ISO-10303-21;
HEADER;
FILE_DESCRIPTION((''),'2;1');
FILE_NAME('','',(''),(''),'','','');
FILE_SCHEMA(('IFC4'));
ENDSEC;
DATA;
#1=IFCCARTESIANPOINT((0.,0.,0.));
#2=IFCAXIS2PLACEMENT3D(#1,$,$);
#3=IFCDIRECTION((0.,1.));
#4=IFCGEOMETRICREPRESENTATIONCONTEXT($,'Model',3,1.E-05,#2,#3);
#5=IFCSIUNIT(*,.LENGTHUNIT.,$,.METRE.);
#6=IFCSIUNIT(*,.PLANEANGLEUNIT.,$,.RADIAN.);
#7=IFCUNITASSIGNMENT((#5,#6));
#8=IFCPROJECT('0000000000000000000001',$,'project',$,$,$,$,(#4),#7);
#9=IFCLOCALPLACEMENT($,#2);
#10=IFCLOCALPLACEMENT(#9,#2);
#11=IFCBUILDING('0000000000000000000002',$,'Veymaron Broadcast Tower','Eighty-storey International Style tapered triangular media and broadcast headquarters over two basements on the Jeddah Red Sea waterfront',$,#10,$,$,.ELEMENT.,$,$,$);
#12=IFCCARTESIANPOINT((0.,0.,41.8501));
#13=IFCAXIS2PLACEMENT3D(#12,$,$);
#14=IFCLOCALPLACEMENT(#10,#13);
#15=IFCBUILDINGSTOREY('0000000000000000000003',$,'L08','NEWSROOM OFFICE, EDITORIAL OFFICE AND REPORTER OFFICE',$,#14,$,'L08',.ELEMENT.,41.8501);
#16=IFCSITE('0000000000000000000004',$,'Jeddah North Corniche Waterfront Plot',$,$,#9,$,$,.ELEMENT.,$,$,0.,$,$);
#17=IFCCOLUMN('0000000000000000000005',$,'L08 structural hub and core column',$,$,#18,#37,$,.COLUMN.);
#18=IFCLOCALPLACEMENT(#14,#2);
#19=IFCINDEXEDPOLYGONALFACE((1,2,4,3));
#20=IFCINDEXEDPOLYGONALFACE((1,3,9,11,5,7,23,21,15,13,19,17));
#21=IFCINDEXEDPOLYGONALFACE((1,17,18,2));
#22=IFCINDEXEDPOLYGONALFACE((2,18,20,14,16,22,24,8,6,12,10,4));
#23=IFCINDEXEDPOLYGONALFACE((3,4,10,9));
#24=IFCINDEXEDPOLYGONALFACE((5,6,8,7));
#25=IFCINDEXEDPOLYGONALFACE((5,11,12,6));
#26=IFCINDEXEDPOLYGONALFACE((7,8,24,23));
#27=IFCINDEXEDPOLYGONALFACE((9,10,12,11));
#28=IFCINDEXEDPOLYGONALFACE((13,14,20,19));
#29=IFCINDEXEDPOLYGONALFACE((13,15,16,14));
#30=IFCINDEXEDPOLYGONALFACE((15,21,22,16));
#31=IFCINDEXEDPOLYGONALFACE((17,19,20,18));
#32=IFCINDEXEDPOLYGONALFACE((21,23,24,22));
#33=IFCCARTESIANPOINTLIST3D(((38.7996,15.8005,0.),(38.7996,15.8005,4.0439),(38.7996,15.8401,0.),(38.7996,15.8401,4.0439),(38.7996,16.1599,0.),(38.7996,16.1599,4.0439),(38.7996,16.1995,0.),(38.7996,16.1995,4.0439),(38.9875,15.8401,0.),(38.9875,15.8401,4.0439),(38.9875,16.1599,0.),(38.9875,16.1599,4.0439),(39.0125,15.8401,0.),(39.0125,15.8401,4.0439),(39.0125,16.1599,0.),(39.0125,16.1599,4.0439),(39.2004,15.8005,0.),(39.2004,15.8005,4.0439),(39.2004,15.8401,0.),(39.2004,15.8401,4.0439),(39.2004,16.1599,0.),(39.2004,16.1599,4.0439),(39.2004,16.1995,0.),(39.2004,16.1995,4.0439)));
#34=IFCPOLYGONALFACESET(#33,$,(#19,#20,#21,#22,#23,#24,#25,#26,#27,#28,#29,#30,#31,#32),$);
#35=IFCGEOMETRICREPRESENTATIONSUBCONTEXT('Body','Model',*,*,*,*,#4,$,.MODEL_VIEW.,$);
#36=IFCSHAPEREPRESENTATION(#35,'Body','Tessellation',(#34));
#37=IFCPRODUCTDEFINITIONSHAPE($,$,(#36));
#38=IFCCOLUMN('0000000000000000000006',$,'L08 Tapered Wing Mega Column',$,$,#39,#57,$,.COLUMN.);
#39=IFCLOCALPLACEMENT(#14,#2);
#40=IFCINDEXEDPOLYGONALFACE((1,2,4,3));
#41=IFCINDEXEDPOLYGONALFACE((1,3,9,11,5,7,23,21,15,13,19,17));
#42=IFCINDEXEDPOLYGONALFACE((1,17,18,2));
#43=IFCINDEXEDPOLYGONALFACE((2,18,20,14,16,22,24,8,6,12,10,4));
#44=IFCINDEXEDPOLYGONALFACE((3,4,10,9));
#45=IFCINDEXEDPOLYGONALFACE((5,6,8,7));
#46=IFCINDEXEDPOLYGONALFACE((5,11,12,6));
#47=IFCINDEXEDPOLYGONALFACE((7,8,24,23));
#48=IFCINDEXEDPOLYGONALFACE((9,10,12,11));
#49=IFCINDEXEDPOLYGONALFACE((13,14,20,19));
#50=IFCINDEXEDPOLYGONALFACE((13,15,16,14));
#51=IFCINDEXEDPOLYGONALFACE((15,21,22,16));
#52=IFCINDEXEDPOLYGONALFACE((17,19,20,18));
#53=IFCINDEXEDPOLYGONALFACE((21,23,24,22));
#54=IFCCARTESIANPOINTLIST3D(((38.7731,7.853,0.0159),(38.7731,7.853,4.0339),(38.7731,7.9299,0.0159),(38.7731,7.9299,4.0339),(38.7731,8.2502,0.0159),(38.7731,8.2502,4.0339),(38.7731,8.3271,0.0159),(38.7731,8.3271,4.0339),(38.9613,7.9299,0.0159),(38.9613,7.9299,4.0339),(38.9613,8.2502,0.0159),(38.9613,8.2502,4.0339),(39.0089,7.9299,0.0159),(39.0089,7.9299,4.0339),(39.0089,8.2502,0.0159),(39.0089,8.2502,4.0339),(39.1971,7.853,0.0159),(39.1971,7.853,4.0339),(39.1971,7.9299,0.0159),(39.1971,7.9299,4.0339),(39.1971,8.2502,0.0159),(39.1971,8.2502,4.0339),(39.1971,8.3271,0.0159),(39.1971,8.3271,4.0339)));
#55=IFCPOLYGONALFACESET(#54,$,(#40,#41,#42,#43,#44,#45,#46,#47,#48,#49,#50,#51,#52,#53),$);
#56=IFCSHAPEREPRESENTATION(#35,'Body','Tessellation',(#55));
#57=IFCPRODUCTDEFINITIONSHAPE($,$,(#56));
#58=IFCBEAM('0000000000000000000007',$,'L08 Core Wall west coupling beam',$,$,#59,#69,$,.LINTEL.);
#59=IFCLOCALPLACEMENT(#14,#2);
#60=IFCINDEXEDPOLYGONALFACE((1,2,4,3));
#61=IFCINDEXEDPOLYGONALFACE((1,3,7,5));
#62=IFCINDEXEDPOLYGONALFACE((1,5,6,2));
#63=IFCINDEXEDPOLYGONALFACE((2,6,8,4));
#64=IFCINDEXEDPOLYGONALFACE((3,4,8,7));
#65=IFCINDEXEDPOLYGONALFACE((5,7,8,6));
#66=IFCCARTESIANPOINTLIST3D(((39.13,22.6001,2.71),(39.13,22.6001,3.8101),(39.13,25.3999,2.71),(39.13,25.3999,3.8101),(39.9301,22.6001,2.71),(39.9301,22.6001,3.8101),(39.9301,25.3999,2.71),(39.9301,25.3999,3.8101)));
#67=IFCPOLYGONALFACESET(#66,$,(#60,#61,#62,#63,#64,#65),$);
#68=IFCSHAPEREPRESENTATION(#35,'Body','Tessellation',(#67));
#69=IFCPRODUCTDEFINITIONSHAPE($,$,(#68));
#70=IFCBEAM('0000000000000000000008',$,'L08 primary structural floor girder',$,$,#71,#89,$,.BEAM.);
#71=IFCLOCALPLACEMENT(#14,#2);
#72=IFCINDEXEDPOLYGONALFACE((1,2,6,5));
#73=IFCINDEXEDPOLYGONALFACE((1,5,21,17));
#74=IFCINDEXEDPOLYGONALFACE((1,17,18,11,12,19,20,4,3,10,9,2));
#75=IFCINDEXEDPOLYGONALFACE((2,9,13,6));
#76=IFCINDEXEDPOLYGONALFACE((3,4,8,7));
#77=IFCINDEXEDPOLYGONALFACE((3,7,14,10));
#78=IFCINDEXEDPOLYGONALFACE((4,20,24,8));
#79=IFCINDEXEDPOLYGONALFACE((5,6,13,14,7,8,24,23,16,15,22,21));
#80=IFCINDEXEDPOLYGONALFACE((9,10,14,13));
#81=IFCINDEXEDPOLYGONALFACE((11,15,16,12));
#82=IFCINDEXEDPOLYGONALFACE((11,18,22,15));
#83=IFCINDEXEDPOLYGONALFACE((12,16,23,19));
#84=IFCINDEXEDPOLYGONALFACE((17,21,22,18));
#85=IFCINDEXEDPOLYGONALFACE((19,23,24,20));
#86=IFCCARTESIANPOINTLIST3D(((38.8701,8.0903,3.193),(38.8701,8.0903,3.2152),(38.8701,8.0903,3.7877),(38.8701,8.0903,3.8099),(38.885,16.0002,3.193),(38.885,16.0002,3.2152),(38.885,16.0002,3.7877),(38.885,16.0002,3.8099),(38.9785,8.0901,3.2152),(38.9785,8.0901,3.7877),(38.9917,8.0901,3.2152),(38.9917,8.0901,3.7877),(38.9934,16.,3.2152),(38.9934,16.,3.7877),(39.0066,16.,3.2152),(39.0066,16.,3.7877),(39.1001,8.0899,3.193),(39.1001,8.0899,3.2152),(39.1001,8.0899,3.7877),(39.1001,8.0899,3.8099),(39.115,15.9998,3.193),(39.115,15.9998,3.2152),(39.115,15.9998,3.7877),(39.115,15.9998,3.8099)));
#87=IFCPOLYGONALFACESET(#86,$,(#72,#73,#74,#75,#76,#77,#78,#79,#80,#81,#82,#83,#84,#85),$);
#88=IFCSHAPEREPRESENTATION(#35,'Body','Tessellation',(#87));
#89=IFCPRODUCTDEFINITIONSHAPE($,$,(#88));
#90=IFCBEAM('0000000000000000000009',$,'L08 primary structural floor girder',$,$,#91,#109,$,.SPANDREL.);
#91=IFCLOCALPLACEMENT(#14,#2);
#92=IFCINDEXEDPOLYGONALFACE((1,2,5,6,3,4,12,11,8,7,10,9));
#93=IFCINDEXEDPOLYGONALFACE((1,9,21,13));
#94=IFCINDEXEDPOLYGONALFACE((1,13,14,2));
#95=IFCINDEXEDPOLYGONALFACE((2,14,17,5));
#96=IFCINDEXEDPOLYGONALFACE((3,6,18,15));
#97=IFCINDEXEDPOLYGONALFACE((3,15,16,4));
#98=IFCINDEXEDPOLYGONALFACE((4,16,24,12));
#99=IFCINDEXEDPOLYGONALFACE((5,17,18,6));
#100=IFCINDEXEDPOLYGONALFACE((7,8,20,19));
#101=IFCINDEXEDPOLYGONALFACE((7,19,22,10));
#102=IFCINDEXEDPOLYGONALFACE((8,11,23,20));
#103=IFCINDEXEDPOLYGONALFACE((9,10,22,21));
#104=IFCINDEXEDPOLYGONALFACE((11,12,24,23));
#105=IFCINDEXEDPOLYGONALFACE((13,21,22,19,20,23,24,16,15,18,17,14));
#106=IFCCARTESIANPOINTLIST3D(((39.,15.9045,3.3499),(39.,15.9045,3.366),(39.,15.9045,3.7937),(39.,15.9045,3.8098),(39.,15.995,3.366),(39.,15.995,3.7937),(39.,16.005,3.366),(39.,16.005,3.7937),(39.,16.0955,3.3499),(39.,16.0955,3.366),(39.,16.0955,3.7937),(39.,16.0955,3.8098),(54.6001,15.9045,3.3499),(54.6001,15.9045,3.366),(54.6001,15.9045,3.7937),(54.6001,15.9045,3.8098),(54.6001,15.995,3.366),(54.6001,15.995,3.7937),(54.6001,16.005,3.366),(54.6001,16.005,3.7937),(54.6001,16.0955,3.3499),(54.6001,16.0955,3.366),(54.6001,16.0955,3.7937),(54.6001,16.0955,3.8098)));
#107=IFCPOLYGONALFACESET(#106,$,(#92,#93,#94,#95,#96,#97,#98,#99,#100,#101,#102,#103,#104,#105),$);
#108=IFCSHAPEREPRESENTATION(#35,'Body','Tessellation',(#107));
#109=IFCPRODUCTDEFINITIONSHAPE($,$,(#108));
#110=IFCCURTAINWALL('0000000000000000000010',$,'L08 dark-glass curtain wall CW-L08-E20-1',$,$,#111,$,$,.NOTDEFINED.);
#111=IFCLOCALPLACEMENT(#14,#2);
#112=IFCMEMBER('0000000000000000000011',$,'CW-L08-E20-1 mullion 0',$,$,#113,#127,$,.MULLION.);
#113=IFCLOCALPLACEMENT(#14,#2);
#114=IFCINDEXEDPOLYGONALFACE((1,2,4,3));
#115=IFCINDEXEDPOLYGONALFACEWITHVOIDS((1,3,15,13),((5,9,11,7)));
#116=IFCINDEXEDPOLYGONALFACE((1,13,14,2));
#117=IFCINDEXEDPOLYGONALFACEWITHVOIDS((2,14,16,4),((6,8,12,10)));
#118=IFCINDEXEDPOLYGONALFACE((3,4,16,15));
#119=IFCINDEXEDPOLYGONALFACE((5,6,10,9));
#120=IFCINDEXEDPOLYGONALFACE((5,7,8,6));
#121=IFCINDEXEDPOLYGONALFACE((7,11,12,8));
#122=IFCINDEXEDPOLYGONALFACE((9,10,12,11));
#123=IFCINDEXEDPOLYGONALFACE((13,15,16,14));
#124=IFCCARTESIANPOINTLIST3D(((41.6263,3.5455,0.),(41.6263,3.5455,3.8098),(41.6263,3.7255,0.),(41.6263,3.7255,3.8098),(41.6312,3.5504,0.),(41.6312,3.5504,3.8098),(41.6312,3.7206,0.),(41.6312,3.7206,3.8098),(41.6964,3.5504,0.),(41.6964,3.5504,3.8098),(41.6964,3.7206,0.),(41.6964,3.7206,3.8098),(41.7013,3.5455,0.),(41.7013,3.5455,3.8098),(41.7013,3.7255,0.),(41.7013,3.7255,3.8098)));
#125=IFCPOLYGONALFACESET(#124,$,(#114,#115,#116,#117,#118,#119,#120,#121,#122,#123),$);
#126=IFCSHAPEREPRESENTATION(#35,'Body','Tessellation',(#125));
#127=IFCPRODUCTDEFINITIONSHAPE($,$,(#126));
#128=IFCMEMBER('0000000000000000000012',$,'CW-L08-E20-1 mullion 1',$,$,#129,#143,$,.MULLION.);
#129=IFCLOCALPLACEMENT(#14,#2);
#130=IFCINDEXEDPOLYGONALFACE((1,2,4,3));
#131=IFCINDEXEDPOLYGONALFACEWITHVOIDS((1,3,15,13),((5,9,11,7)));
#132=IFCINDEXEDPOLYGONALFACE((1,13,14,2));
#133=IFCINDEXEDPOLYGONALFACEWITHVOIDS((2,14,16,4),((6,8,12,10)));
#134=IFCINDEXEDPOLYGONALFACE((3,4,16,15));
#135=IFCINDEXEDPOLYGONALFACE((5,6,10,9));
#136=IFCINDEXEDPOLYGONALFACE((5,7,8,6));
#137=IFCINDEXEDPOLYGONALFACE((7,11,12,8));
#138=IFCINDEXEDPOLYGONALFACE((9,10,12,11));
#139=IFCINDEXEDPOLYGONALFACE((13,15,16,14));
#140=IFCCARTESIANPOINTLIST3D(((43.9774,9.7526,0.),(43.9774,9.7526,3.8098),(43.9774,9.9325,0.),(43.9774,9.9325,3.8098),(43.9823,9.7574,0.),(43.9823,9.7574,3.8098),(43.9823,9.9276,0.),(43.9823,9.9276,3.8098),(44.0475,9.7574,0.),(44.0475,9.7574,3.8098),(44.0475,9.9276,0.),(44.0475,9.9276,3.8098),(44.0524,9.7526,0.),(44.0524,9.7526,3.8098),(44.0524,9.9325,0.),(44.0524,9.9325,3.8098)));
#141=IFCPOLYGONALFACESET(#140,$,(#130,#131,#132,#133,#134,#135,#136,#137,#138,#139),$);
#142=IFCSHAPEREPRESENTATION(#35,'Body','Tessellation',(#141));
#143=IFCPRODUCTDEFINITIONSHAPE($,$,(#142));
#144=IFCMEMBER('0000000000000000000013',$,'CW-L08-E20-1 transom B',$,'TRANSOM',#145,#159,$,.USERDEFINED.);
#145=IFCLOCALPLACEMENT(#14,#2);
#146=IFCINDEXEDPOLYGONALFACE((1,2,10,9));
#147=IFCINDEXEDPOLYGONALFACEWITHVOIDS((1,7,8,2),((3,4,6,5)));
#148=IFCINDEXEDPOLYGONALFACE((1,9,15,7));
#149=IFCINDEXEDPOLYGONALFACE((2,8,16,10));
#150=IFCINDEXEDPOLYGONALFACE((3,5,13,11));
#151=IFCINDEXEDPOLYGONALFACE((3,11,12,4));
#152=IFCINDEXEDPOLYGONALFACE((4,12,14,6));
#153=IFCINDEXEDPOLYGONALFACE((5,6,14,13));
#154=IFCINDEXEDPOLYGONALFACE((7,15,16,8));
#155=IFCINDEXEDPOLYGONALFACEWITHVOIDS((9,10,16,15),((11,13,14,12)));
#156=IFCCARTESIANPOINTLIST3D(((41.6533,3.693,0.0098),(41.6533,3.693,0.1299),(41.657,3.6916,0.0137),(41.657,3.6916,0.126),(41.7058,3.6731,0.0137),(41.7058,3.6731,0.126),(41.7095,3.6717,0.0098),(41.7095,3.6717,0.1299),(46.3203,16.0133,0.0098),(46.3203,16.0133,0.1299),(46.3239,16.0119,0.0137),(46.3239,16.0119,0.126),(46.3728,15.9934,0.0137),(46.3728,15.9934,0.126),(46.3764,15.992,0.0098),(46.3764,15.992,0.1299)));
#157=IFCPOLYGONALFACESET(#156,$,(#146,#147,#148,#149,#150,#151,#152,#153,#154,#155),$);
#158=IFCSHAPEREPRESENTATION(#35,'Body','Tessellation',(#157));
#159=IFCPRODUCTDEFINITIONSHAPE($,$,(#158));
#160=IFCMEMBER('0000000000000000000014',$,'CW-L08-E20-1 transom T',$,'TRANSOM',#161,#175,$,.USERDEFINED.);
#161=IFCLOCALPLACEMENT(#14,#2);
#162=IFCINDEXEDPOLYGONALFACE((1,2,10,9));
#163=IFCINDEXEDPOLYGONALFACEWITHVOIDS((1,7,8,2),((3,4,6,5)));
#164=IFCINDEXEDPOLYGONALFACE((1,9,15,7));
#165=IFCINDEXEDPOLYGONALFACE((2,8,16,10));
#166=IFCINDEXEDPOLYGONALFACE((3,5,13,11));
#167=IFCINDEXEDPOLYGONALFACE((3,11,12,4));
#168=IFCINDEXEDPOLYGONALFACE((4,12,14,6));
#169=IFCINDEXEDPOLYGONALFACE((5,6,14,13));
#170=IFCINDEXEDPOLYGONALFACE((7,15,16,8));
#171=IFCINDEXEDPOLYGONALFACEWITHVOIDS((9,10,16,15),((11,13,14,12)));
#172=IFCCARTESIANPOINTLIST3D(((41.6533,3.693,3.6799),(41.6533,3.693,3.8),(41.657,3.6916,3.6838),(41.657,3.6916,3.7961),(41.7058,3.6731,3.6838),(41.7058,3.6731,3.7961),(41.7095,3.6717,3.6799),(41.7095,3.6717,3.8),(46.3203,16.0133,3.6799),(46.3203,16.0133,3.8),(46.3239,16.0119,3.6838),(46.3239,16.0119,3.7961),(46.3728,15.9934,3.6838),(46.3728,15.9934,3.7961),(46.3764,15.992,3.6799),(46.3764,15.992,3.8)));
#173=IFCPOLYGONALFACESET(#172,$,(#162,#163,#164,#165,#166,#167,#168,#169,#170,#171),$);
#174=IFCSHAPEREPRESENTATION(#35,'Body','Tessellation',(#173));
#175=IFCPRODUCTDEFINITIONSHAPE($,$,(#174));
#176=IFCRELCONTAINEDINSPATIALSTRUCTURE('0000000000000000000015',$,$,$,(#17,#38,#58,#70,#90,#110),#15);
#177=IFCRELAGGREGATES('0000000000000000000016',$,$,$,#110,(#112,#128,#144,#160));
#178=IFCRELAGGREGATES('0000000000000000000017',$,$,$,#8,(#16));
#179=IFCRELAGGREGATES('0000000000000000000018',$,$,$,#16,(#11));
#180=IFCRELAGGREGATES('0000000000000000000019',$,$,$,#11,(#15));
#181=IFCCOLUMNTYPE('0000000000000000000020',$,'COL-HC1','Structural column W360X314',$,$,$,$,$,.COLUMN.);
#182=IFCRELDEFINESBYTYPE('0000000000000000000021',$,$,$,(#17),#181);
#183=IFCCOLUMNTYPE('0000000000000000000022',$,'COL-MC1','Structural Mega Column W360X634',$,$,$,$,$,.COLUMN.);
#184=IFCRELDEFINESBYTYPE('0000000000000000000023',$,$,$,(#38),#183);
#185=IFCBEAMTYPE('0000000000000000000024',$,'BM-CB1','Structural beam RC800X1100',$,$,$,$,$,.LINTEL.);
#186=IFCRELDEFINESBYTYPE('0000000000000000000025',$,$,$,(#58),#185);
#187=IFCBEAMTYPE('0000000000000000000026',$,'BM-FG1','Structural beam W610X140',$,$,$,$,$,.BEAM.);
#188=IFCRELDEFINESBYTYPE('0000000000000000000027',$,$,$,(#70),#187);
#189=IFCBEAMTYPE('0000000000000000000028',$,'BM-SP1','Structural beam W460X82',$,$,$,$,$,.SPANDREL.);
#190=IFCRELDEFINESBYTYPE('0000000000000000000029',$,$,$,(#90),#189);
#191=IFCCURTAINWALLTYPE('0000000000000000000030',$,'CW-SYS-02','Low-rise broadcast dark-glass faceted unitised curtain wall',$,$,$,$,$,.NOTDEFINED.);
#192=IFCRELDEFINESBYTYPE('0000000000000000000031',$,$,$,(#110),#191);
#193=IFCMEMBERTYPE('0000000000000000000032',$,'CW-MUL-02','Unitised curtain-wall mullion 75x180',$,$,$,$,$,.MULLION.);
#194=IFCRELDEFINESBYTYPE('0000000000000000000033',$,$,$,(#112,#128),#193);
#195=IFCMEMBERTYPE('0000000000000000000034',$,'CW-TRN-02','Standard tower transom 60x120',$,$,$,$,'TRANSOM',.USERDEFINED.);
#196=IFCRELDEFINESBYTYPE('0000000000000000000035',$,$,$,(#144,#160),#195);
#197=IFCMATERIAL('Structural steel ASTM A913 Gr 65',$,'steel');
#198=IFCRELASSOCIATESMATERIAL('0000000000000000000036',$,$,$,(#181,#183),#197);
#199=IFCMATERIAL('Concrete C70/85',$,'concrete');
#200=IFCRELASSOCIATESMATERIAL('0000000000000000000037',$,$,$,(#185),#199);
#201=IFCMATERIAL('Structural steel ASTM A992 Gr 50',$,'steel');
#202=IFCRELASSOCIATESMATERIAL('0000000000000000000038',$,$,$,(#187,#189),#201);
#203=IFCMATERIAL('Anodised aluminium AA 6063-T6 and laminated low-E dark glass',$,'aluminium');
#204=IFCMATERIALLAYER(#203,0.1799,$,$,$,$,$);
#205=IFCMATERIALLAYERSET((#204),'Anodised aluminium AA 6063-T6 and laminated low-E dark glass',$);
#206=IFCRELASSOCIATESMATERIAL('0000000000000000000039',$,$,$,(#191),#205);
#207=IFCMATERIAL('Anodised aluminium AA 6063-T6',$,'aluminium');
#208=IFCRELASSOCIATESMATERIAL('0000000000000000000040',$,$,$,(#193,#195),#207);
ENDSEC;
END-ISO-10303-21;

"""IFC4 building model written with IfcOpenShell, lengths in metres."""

from ifc_helpers import new_model, si_unit, direction, frame, origin, origin_2d, place, context, subcontext, project, spatial, rectangle, hollow_rectangle, i_section, extrude, material, layer, layer_set, material_profile, profile_set, type_object, element, aggregate, save


model = new_model("IFC4")

# Units and contexts
model_context = context("Model", 3, precision=1e-05, world=origin(), true_north=direction((0.0, 1.0)))
body_context = subcontext(model_context, "Body", "Model", "MODEL_VIEW")
ifc_project = project(units=[si_unit("LENGTHUNIT", "METRE"), si_unit("PLANEANGLEUNIT", "RADIAN")], contexts=[model_context])

# Site, building, storey
site_placement = place(None, origin())
site = spatial("IfcSite", under=ifc_project, at=site_placement, Name="Jeddah North Corniche Waterfront Plot", CompositionType="ELEMENT", RefElevation=0.0)
building_placement = place(site_placement, origin())
building = spatial("IfcBuilding", under=site, at=building_placement, Name="Veymaron Broadcast Tower", Description="Eighty-storey International Style tapered triangular media and broadcast headquarters over two basements on the Jeddah Red Sea waterfront", CompositionType="ELEMENT")
storey_placement = place(building_placement, frame((0.0, 0.0, 41.8501)))
storey = spatial("IfcBuildingStorey", under=building, at=storey_placement, Name="L08", Description="NEWSROOM OFFICE, EDITORIAL OFFICE AND REPORTER OFFICE", LongName="L08", CompositionType="ELEMENT", Elevation=41.8501)

# Columns
ifc_material_1 = material(Name="Structural steel ASTM A913 Gr 65", Category="steel")
ifc_material_profile_1 = material_profile(ifc_material_1, i_section(OverallWidth=0.4009, OverallDepth=0.3989, WebThickness=0.0249, FlangeThickness=0.0396, at=origin_2d()), Name="W360X314")
ifc_profile_set_1 = profile_set([ifc_material_profile_1], Name="Structural steel ASTM A913 Gr 65")
column_type_1 = type_object("IfcColumnType", Name="COL-HC1", Description="Structural column W360X314", PredefinedType="COLUMN", material=ifc_profile_set_1)
column_1_placement = place(storey_placement, frame((39.0, 16.0, 0.0), z_axis=(0.0, 0.0, 1.0), x_axis=(1.0, 0.0, 0.0)))
element("IfcColumn", 1, at=column_1_placement, inside=storey, type_object=column_type_1, Name="L08 structural hub and core column", PredefinedType="COLUMN", context=body_context, shape_type="SweptSolid", body=[
    extrude(i_section(OverallWidth=0.4009, OverallDepth=0.3989, WebThickness=0.0249, FlangeThickness=0.0396, at=origin_2d()), origin(), (0.0, 0.0, 1.0), 4.0439),
])
ifc_material_profile_2 = material_profile(ifc_material_1, i_section(OverallWidth=0.4241, OverallDepth=0.4741, WebThickness=0.0476, FlangeThickness=0.0769, at=origin_2d()), Name="W360X634")
ifc_profile_set_2 = profile_set([ifc_material_profile_2], Name="Structural steel ASTM A913 Gr 65")
column_type_2 = type_object("IfcColumnType", Name="COL-MC1", Description="Structural Mega Column W360X634", PredefinedType="COLUMN", material=ifc_profile_set_2)
column_2_placement = place(storey_placement, frame((38.9851, 8.0901, 0.0159), z_axis=(0.0, 0.0, 1.0), x_axis=(1.0, 0.0, 0.0)))
element("IfcColumn", 2, at=column_2_placement, inside=storey, type_object=column_type_2, Name="L08 Tapered Wing Mega Column", PredefinedType="COLUMN", context=body_context, shape_type="SweptSolid", body=[
    extrude(i_section(OverallWidth=0.4241, OverallDepth=0.4741, WebThickness=0.0476, FlangeThickness=0.0769, at=origin_2d()), origin(), (0.0, 0.0, 1.0), 4.0181),
])

# Beams
ifc_material_2 = material(Name="Concrete C70/85", Category="concrete")
ifc_material_profile_3 = material_profile(ifc_material_2, rectangle(XDim=0.8, YDim=1.1001, at=origin_2d()), Name="RC800X1100")
ifc_profile_set_3 = profile_set([ifc_material_profile_3], Name="Concrete C70/85")
beam_type_1 = type_object("IfcBeamType", Name="BM-CB1", Description="Structural beam RC800X1100", PredefinedType="LINTEL", material=ifc_profile_set_3)
beam_1_placement = place(storey_placement, frame((39.53, 22.6001, 3.26), z_axis=(0.0, 1.0, 0.0), x_axis=(-1.0, 0.0, 0.0)))
element("IfcBeam", 3, at=beam_1_placement, inside=storey, type_object=beam_type_1, Name="L08 Core Wall west coupling beam", PredefinedType="LINTEL", context=body_context, shape_type="SweptSolid", body=[
    extrude(rectangle(XDim=0.8, YDim=1.1001, at=origin_2d()), origin(), (0.0, 0.0, 1.0), 2.7998),
])
ifc_material_3 = material(Name="Structural steel ASTM A992 Gr 50", Category="steel")
ifc_material_profile_4 = material_profile(ifc_material_3, i_section(OverallWidth=0.23, OverallDepth=0.6169, WebThickness=0.0132, FlangeThickness=0.0222, at=origin_2d()), Name="W610X140")
ifc_profile_set_4 = profile_set([ifc_material_profile_4], Name="Structural steel ASTM A992 Gr 50")
beam_type_2 = type_object("IfcBeamType", Name="BM-FG1", Description="Structural beam W610X140", PredefinedType="BEAM", material=ifc_profile_set_4)
beam_2_placement = place(storey_placement, frame((39.0, 16.0, 3.5015), z_axis=(-0.001883, -0.999998, 0.0), x_axis=(0.999998, -0.001883, 0.0)))
element("IfcBeam", 4, at=beam_2_placement, inside=storey, type_object=beam_type_2, Name="L08 primary structural floor girder", PredefinedType="BEAM", context=body_context, shape_type="SweptSolid", body=[
    extrude(i_section(OverallWidth=0.23, OverallDepth=0.6169, WebThickness=0.0132, FlangeThickness=0.0222, at=origin_2d()), origin(), (0.0, 0.0, 1.0), 7.9099),
])
ifc_material_profile_5 = material_profile(ifc_material_3, i_section(OverallWidth=0.1909, OverallDepth=0.46, WebThickness=0.01, FlangeThickness=0.0161, at=origin_2d()), Name="W460X82")
ifc_profile_set_5 = profile_set([ifc_material_profile_5], Name="Structural steel ASTM A992 Gr 50")
beam_type_3 = type_object("IfcBeamType", Name="BM-SP1", Description="Structural beam W460X82", PredefinedType="SPANDREL", material=ifc_profile_set_5)
beam_3_placement = place(storey_placement, frame((39.0, 16.0, 3.5798), z_axis=(1.0, 0.0, 0.0), x_axis=(0.0, 1.0, 0.0)))
element("IfcBeam", 5, at=beam_3_placement, inside=storey, type_object=beam_type_3, Name="L08 primary structural floor girder", PredefinedType="SPANDREL", context=body_context, shape_type="SweptSolid", body=[
    extrude(i_section(OverallWidth=0.1909, OverallDepth=0.46, WebThickness=0.01, FlangeThickness=0.0161, at=origin_2d()), origin(), (0.0, 0.0, 1.0), 15.6001),
])

# Curtain wall, members
ifc_material_4 = material(Name="Anodised aluminium AA 6063-T6 and laminated low-E dark glass", Category="aluminium")
ifc_layer_1 = layer(ifc_material_4, 0.1799)
ifc_layer_set_1 = layer_set([ifc_layer_1], Name="Anodised aluminium AA 6063-T6 and laminated low-E dark glass")
curtain_wall_type = type_object("IfcCurtainWallType", Name="CW-SYS-02", Description="Low-rise broadcast dark-glass faceted unitised curtain wall", PredefinedType="NOTDEFINED", material=ifc_layer_set_1)
curtain_wall_placement = place(storey_placement, origin())
curtain_wall = element("IfcCurtainWall", 6, at=curtain_wall_placement, inside=storey, type_object=curtain_wall_type, Name="L08 dark-glass curtain wall CW-L08-E20-1", PredefinedType="NOTDEFINED")
ifc_material_5 = material(Name="Anodised aluminium AA 6063-T6", Category="aluminium")
ifc_material_profile_6 = material_profile(ifc_material_5, hollow_rectangle(XDim=0.075, YDim=0.1799, WallThickness=0.0049, at=origin_2d()), Name="AL180X75X5")
ifc_profile_set_6 = profile_set([ifc_material_profile_6], Name="Anodised aluminium AA 6063-T6")
member_type_1 = type_object("IfcMemberType", Name="CW-MUL-02", Description="Unitised curtain-wall mullion 75x180", PredefinedType="MULLION", material=ifc_profile_set_6)
member_1_placement = place(storey_placement, frame((41.6638, 3.6355, 0.0), z_axis=(0.0, 0.0, 1.0), x_axis=(1.0, 0.0, 0.0)))
member_1 = element("IfcMember", 7, at=member_1_placement, type_object=member_type_1, Name="CW-L08-E20-1 mullion 0", PredefinedType="MULLION", context=body_context, shape_type="SweptSolid", body=[
    extrude(hollow_rectangle(XDim=0.075, YDim=0.1799, WallThickness=0.0049, at=origin_2d()), origin(), (0.0, 0.0, 1.0), 3.8098),
])
member_2_placement = place(storey_placement, frame((44.0149, 9.8425, 0.0), z_axis=(0.0, 0.0, 1.0), x_axis=(1.0, 0.0, 0.0)))
member_2 = element("IfcMember", 8, at=member_2_placement, type_object=member_type_1, Name="CW-L08-E20-1 mullion 1", PredefinedType="MULLION", context=body_context, shape_type="SweptSolid", body=[
    extrude(hollow_rectangle(XDim=0.075, YDim=0.1799, WallThickness=0.0049, at=origin_2d()), origin(), (0.0, 0.0, 1.0), 3.8098),
])
ifc_material_profile_7 = material_profile(ifc_material_5, hollow_rectangle(XDim=0.0601, YDim=0.1201, WallThickness=0.0039, at=origin_2d()), Name="AL120X60X4")
ifc_profile_set_7 = profile_set([ifc_material_profile_7], Name="Anodised aluminium AA 6063-T6")
member_type_2 = type_object("IfcMemberType", Name="CW-TRN-02", Description="Standard tower transom 60x120", ElementType="TRANSOM", PredefinedType="USERDEFINED", material=ifc_profile_set_7)
member_3_placement = place(storey_placement, frame((41.6814, 3.6824, 0.0698), z_axis=(0.354241, 0.935154, 0.0), x_axis=(-0.935154, 0.354241, 0.0)))
member_3 = element("IfcMember", 9, at=member_3_placement, type_object=member_type_2, Name="CW-L08-E20-1 transom B", ObjectType="TRANSOM", PredefinedType="USERDEFINED", context=body_context, shape_type="SweptSolid", body=[
    extrude(hollow_rectangle(XDim=0.0601, YDim=0.1201, WallThickness=0.0039, at=origin_2d()), origin(), (0.0, 0.0, 1.0), 13.1746),
])
member_4_placement = place(storey_placement, frame((41.6814, 3.6824, 3.74), z_axis=(0.354241, 0.935154, 0.0), x_axis=(-0.935154, 0.354241, 0.0)))
member_4 = element("IfcMember", 10, at=member_4_placement, type_object=member_type_2, Name="CW-L08-E20-1 transom T", ObjectType="TRANSOM", PredefinedType="USERDEFINED", context=body_context, shape_type="SweptSolid", body=[
    extrude(hollow_rectangle(XDim=0.0601, YDim=0.1201, WallThickness=0.0039, at=origin_2d()), origin(), (0.0, 0.0, 1.0), 13.1746),
])
aggregate(curtain_wall, [member_1, member_2, member_3, member_4])

save(model, "model.ifc")
